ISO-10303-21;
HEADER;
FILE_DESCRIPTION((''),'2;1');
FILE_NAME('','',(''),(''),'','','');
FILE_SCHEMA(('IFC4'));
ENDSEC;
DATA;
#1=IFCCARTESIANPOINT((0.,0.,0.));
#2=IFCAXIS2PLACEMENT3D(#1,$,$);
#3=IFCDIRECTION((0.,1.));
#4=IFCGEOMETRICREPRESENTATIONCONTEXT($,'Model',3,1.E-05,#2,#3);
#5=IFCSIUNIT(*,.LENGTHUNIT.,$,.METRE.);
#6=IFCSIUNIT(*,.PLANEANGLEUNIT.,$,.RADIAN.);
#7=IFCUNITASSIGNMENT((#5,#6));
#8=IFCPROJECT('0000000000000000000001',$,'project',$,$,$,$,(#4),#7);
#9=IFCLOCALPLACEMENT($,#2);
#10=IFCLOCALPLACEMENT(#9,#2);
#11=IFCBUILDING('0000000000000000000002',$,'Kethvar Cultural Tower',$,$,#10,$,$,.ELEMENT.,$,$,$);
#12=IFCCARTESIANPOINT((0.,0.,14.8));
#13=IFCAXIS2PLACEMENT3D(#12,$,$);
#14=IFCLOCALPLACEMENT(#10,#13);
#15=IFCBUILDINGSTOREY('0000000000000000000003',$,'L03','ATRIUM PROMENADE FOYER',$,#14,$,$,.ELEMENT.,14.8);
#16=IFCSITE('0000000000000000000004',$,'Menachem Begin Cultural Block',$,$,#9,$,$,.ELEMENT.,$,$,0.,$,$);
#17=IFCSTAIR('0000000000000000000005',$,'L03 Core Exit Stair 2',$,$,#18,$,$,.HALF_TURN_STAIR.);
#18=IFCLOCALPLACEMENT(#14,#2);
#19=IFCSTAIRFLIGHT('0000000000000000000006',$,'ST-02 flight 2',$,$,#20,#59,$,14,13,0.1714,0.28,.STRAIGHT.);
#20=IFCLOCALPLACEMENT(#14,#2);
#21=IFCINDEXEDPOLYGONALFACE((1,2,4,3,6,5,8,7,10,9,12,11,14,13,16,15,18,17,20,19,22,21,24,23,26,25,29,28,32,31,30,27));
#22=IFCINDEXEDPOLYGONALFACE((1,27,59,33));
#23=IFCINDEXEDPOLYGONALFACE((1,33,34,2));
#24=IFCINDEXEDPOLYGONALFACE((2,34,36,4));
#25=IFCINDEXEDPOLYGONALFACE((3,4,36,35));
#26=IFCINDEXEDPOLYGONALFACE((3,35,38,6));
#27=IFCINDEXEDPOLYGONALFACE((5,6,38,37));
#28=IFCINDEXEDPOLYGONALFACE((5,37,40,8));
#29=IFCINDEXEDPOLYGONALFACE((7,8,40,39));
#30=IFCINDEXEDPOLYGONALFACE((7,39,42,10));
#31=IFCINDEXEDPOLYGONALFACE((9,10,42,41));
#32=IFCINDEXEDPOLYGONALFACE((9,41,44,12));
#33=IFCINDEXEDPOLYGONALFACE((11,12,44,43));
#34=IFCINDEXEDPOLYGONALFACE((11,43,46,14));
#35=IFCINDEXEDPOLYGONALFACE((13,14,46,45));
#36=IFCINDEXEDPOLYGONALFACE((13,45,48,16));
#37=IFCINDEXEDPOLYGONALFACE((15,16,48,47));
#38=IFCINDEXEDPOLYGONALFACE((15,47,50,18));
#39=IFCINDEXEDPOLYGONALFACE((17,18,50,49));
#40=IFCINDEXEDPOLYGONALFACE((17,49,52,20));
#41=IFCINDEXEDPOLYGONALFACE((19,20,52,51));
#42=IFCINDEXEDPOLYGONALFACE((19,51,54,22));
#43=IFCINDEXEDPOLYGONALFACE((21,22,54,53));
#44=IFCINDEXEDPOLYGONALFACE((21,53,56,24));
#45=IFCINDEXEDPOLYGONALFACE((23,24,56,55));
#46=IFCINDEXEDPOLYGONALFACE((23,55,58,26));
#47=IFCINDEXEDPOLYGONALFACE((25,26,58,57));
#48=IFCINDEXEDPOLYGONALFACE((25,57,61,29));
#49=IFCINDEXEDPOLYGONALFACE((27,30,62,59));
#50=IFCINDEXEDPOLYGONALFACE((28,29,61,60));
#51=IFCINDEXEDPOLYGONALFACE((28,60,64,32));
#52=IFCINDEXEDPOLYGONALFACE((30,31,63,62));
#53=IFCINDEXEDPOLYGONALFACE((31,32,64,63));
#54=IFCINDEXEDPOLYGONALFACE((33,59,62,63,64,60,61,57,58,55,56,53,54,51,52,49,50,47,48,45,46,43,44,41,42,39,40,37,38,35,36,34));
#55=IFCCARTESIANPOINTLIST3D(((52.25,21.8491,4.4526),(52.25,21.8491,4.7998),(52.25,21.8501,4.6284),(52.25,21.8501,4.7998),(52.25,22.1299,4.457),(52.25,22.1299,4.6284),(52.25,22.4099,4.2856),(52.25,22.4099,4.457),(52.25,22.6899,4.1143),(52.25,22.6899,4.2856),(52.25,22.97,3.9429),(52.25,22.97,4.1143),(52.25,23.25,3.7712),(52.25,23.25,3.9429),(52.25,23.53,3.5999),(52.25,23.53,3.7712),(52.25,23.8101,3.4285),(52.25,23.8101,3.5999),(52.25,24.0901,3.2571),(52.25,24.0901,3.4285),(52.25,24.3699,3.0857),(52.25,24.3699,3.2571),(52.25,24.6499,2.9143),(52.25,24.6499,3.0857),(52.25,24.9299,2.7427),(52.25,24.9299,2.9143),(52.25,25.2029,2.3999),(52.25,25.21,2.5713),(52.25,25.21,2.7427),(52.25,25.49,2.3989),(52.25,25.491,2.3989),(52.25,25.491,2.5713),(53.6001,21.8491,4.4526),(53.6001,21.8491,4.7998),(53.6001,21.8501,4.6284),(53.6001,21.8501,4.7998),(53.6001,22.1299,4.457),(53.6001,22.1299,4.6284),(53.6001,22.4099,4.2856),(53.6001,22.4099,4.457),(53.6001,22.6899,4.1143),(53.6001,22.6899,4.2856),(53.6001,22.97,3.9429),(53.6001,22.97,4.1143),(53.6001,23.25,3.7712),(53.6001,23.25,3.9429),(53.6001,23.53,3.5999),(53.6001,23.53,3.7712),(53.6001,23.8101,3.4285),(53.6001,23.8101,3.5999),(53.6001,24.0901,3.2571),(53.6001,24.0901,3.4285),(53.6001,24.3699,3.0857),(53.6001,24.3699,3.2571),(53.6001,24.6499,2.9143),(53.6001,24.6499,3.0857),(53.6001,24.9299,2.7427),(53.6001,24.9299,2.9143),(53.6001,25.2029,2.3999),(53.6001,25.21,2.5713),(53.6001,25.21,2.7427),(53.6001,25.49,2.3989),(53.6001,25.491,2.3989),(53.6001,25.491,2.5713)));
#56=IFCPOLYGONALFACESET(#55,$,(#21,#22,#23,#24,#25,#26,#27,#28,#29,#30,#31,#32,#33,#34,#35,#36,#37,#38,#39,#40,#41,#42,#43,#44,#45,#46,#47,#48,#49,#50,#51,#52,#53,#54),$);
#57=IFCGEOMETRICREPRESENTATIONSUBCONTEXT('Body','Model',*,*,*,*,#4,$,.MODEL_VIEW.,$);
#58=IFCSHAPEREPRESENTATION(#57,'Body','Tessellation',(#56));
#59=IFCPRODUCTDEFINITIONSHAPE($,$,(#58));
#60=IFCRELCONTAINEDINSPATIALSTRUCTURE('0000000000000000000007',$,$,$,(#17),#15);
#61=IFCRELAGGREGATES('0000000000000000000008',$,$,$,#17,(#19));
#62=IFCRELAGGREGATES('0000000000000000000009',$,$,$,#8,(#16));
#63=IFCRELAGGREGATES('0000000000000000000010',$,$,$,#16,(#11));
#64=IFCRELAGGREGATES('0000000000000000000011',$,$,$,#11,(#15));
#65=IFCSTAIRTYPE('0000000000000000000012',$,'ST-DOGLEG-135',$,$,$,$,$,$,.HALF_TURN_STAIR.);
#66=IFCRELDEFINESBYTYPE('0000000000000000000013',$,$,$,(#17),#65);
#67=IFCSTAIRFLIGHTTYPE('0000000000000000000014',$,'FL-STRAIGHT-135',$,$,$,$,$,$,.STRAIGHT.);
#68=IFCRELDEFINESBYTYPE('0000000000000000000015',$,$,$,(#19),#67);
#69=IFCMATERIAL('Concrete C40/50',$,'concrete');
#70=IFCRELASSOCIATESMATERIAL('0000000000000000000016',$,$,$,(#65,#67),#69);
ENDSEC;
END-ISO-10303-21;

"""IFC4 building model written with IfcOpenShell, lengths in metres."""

from ifc_helpers import new_model, si_unit, direction, frame, origin, place, context, subcontext, project, spatial, polyline, outline, extrude, material, type_object, element, aggregate, save


model = new_model("IFC4")

# Units and contexts
model_context = context("Model", 3, precision=1e-05, world=origin(), true_north=direction((0.0, 1.0)))
body_context = subcontext(model_context, "Body", "Model", "MODEL_VIEW")
ifc_project = project(units=[si_unit("LENGTHUNIT", "METRE"), si_unit("PLANEANGLEUNIT", "RADIAN")], contexts=[model_context])

# Site, building, storey
site_placement = place(None, origin())
site = spatial("IfcSite", under=ifc_project, at=site_placement, Name="Menachem Begin Cultural Block", CompositionType="ELEMENT", RefElevation=0.0)
building_placement = place(site_placement, origin())
building = spatial("IfcBuilding", under=site, at=building_placement, Name="Kethvar Cultural Tower", CompositionType="ELEMENT")
storey_placement = place(building_placement, frame((0.0, 0.0, 14.8)))
storey = spatial("IfcBuildingStorey", under=building, at=storey_placement, Name="L03", Description="ATRIUM PROMENADE FOYER", CompositionType="ELEMENT", Elevation=14.8)

# Shared definitions
ifc_material_1 = material(Name="Concrete C40/50", Category="concrete")

# Stair, stair flight
stair_type = type_object("IfcStairType", Name="ST-DOGLEG-135", PredefinedType="HALF_TURN_STAIR", material=ifc_material_1)
stair_placement = place(storey_placement, origin())
stair = element("IfcStair", 1, at=stair_placement, inside=storey, type_object=stair_type, Name="L03 Core Exit Stair 2", PredefinedType="HALF_TURN_STAIR")
stair_flight_type = type_object("IfcStairFlightType", Name="FL-STRAIGHT-135", PredefinedType="STRAIGHT", material=ifc_material_1)
stair_flight_1_placement = place(storey_placement, frame((52.925, 25.49, 2.3999), z_axis=(0.0, 0.0, 1.0), x_axis=(0.0, -1.0, 0.0)))
stair_flight_1 = element("IfcStairFlight", 2, at=stair_flight_1_placement, type_object=stair_flight_type, Name="ST-02 flight 2", NumberOfRisers=14, NumberOfTreads=13, PredefinedType="STRAIGHT", RiserHeight=0.1714, TreadLength=0.28, context=body_context, shape_type="SweptSolid", body=[
    extrude(outline(polyline([(-0.001, -0.001), (-0.001, 0.1714), (0.28, 0.1714), (0.28, 0.3428), (0.5601, 0.3428), (0.5601, 0.5144), (0.8401, 0.5144), (0.8401, 0.6858), (1.1201, 0.6858), (1.1201, 0.8572), (1.3999, 0.8572), (1.3999, 1.0286), (1.6799, 1.0286), (1.6799, 1.2), (1.96, 1.2), (1.96, 1.3713), (2.24, 1.3713), (2.24, 1.543), (2.52, 1.543), (2.52, 1.7144), (2.8, 1.7144), (2.8, 1.8857), (3.0801, 1.8857), (3.0801, 2.0571), (3.3601, 2.0571), (3.3601, 2.2285), (3.6399, 2.2285), (3.6399, 2.3999), (3.6409, 2.3999), (3.6409, 2.0527), (0.2871, 0.0), (0.0, -0.001), (-0.001, -0.001)])), frame((0.0, 0.675, 0.0), z_axis=(0.0, -1.0, 0.0), x_axis=(1.0, 0.0, 0.0)), (0.0, 0.0, 1.0), 1.3501),
])
aggregate(stair, [stair_flight_1])

save(model, "model.ifc")
